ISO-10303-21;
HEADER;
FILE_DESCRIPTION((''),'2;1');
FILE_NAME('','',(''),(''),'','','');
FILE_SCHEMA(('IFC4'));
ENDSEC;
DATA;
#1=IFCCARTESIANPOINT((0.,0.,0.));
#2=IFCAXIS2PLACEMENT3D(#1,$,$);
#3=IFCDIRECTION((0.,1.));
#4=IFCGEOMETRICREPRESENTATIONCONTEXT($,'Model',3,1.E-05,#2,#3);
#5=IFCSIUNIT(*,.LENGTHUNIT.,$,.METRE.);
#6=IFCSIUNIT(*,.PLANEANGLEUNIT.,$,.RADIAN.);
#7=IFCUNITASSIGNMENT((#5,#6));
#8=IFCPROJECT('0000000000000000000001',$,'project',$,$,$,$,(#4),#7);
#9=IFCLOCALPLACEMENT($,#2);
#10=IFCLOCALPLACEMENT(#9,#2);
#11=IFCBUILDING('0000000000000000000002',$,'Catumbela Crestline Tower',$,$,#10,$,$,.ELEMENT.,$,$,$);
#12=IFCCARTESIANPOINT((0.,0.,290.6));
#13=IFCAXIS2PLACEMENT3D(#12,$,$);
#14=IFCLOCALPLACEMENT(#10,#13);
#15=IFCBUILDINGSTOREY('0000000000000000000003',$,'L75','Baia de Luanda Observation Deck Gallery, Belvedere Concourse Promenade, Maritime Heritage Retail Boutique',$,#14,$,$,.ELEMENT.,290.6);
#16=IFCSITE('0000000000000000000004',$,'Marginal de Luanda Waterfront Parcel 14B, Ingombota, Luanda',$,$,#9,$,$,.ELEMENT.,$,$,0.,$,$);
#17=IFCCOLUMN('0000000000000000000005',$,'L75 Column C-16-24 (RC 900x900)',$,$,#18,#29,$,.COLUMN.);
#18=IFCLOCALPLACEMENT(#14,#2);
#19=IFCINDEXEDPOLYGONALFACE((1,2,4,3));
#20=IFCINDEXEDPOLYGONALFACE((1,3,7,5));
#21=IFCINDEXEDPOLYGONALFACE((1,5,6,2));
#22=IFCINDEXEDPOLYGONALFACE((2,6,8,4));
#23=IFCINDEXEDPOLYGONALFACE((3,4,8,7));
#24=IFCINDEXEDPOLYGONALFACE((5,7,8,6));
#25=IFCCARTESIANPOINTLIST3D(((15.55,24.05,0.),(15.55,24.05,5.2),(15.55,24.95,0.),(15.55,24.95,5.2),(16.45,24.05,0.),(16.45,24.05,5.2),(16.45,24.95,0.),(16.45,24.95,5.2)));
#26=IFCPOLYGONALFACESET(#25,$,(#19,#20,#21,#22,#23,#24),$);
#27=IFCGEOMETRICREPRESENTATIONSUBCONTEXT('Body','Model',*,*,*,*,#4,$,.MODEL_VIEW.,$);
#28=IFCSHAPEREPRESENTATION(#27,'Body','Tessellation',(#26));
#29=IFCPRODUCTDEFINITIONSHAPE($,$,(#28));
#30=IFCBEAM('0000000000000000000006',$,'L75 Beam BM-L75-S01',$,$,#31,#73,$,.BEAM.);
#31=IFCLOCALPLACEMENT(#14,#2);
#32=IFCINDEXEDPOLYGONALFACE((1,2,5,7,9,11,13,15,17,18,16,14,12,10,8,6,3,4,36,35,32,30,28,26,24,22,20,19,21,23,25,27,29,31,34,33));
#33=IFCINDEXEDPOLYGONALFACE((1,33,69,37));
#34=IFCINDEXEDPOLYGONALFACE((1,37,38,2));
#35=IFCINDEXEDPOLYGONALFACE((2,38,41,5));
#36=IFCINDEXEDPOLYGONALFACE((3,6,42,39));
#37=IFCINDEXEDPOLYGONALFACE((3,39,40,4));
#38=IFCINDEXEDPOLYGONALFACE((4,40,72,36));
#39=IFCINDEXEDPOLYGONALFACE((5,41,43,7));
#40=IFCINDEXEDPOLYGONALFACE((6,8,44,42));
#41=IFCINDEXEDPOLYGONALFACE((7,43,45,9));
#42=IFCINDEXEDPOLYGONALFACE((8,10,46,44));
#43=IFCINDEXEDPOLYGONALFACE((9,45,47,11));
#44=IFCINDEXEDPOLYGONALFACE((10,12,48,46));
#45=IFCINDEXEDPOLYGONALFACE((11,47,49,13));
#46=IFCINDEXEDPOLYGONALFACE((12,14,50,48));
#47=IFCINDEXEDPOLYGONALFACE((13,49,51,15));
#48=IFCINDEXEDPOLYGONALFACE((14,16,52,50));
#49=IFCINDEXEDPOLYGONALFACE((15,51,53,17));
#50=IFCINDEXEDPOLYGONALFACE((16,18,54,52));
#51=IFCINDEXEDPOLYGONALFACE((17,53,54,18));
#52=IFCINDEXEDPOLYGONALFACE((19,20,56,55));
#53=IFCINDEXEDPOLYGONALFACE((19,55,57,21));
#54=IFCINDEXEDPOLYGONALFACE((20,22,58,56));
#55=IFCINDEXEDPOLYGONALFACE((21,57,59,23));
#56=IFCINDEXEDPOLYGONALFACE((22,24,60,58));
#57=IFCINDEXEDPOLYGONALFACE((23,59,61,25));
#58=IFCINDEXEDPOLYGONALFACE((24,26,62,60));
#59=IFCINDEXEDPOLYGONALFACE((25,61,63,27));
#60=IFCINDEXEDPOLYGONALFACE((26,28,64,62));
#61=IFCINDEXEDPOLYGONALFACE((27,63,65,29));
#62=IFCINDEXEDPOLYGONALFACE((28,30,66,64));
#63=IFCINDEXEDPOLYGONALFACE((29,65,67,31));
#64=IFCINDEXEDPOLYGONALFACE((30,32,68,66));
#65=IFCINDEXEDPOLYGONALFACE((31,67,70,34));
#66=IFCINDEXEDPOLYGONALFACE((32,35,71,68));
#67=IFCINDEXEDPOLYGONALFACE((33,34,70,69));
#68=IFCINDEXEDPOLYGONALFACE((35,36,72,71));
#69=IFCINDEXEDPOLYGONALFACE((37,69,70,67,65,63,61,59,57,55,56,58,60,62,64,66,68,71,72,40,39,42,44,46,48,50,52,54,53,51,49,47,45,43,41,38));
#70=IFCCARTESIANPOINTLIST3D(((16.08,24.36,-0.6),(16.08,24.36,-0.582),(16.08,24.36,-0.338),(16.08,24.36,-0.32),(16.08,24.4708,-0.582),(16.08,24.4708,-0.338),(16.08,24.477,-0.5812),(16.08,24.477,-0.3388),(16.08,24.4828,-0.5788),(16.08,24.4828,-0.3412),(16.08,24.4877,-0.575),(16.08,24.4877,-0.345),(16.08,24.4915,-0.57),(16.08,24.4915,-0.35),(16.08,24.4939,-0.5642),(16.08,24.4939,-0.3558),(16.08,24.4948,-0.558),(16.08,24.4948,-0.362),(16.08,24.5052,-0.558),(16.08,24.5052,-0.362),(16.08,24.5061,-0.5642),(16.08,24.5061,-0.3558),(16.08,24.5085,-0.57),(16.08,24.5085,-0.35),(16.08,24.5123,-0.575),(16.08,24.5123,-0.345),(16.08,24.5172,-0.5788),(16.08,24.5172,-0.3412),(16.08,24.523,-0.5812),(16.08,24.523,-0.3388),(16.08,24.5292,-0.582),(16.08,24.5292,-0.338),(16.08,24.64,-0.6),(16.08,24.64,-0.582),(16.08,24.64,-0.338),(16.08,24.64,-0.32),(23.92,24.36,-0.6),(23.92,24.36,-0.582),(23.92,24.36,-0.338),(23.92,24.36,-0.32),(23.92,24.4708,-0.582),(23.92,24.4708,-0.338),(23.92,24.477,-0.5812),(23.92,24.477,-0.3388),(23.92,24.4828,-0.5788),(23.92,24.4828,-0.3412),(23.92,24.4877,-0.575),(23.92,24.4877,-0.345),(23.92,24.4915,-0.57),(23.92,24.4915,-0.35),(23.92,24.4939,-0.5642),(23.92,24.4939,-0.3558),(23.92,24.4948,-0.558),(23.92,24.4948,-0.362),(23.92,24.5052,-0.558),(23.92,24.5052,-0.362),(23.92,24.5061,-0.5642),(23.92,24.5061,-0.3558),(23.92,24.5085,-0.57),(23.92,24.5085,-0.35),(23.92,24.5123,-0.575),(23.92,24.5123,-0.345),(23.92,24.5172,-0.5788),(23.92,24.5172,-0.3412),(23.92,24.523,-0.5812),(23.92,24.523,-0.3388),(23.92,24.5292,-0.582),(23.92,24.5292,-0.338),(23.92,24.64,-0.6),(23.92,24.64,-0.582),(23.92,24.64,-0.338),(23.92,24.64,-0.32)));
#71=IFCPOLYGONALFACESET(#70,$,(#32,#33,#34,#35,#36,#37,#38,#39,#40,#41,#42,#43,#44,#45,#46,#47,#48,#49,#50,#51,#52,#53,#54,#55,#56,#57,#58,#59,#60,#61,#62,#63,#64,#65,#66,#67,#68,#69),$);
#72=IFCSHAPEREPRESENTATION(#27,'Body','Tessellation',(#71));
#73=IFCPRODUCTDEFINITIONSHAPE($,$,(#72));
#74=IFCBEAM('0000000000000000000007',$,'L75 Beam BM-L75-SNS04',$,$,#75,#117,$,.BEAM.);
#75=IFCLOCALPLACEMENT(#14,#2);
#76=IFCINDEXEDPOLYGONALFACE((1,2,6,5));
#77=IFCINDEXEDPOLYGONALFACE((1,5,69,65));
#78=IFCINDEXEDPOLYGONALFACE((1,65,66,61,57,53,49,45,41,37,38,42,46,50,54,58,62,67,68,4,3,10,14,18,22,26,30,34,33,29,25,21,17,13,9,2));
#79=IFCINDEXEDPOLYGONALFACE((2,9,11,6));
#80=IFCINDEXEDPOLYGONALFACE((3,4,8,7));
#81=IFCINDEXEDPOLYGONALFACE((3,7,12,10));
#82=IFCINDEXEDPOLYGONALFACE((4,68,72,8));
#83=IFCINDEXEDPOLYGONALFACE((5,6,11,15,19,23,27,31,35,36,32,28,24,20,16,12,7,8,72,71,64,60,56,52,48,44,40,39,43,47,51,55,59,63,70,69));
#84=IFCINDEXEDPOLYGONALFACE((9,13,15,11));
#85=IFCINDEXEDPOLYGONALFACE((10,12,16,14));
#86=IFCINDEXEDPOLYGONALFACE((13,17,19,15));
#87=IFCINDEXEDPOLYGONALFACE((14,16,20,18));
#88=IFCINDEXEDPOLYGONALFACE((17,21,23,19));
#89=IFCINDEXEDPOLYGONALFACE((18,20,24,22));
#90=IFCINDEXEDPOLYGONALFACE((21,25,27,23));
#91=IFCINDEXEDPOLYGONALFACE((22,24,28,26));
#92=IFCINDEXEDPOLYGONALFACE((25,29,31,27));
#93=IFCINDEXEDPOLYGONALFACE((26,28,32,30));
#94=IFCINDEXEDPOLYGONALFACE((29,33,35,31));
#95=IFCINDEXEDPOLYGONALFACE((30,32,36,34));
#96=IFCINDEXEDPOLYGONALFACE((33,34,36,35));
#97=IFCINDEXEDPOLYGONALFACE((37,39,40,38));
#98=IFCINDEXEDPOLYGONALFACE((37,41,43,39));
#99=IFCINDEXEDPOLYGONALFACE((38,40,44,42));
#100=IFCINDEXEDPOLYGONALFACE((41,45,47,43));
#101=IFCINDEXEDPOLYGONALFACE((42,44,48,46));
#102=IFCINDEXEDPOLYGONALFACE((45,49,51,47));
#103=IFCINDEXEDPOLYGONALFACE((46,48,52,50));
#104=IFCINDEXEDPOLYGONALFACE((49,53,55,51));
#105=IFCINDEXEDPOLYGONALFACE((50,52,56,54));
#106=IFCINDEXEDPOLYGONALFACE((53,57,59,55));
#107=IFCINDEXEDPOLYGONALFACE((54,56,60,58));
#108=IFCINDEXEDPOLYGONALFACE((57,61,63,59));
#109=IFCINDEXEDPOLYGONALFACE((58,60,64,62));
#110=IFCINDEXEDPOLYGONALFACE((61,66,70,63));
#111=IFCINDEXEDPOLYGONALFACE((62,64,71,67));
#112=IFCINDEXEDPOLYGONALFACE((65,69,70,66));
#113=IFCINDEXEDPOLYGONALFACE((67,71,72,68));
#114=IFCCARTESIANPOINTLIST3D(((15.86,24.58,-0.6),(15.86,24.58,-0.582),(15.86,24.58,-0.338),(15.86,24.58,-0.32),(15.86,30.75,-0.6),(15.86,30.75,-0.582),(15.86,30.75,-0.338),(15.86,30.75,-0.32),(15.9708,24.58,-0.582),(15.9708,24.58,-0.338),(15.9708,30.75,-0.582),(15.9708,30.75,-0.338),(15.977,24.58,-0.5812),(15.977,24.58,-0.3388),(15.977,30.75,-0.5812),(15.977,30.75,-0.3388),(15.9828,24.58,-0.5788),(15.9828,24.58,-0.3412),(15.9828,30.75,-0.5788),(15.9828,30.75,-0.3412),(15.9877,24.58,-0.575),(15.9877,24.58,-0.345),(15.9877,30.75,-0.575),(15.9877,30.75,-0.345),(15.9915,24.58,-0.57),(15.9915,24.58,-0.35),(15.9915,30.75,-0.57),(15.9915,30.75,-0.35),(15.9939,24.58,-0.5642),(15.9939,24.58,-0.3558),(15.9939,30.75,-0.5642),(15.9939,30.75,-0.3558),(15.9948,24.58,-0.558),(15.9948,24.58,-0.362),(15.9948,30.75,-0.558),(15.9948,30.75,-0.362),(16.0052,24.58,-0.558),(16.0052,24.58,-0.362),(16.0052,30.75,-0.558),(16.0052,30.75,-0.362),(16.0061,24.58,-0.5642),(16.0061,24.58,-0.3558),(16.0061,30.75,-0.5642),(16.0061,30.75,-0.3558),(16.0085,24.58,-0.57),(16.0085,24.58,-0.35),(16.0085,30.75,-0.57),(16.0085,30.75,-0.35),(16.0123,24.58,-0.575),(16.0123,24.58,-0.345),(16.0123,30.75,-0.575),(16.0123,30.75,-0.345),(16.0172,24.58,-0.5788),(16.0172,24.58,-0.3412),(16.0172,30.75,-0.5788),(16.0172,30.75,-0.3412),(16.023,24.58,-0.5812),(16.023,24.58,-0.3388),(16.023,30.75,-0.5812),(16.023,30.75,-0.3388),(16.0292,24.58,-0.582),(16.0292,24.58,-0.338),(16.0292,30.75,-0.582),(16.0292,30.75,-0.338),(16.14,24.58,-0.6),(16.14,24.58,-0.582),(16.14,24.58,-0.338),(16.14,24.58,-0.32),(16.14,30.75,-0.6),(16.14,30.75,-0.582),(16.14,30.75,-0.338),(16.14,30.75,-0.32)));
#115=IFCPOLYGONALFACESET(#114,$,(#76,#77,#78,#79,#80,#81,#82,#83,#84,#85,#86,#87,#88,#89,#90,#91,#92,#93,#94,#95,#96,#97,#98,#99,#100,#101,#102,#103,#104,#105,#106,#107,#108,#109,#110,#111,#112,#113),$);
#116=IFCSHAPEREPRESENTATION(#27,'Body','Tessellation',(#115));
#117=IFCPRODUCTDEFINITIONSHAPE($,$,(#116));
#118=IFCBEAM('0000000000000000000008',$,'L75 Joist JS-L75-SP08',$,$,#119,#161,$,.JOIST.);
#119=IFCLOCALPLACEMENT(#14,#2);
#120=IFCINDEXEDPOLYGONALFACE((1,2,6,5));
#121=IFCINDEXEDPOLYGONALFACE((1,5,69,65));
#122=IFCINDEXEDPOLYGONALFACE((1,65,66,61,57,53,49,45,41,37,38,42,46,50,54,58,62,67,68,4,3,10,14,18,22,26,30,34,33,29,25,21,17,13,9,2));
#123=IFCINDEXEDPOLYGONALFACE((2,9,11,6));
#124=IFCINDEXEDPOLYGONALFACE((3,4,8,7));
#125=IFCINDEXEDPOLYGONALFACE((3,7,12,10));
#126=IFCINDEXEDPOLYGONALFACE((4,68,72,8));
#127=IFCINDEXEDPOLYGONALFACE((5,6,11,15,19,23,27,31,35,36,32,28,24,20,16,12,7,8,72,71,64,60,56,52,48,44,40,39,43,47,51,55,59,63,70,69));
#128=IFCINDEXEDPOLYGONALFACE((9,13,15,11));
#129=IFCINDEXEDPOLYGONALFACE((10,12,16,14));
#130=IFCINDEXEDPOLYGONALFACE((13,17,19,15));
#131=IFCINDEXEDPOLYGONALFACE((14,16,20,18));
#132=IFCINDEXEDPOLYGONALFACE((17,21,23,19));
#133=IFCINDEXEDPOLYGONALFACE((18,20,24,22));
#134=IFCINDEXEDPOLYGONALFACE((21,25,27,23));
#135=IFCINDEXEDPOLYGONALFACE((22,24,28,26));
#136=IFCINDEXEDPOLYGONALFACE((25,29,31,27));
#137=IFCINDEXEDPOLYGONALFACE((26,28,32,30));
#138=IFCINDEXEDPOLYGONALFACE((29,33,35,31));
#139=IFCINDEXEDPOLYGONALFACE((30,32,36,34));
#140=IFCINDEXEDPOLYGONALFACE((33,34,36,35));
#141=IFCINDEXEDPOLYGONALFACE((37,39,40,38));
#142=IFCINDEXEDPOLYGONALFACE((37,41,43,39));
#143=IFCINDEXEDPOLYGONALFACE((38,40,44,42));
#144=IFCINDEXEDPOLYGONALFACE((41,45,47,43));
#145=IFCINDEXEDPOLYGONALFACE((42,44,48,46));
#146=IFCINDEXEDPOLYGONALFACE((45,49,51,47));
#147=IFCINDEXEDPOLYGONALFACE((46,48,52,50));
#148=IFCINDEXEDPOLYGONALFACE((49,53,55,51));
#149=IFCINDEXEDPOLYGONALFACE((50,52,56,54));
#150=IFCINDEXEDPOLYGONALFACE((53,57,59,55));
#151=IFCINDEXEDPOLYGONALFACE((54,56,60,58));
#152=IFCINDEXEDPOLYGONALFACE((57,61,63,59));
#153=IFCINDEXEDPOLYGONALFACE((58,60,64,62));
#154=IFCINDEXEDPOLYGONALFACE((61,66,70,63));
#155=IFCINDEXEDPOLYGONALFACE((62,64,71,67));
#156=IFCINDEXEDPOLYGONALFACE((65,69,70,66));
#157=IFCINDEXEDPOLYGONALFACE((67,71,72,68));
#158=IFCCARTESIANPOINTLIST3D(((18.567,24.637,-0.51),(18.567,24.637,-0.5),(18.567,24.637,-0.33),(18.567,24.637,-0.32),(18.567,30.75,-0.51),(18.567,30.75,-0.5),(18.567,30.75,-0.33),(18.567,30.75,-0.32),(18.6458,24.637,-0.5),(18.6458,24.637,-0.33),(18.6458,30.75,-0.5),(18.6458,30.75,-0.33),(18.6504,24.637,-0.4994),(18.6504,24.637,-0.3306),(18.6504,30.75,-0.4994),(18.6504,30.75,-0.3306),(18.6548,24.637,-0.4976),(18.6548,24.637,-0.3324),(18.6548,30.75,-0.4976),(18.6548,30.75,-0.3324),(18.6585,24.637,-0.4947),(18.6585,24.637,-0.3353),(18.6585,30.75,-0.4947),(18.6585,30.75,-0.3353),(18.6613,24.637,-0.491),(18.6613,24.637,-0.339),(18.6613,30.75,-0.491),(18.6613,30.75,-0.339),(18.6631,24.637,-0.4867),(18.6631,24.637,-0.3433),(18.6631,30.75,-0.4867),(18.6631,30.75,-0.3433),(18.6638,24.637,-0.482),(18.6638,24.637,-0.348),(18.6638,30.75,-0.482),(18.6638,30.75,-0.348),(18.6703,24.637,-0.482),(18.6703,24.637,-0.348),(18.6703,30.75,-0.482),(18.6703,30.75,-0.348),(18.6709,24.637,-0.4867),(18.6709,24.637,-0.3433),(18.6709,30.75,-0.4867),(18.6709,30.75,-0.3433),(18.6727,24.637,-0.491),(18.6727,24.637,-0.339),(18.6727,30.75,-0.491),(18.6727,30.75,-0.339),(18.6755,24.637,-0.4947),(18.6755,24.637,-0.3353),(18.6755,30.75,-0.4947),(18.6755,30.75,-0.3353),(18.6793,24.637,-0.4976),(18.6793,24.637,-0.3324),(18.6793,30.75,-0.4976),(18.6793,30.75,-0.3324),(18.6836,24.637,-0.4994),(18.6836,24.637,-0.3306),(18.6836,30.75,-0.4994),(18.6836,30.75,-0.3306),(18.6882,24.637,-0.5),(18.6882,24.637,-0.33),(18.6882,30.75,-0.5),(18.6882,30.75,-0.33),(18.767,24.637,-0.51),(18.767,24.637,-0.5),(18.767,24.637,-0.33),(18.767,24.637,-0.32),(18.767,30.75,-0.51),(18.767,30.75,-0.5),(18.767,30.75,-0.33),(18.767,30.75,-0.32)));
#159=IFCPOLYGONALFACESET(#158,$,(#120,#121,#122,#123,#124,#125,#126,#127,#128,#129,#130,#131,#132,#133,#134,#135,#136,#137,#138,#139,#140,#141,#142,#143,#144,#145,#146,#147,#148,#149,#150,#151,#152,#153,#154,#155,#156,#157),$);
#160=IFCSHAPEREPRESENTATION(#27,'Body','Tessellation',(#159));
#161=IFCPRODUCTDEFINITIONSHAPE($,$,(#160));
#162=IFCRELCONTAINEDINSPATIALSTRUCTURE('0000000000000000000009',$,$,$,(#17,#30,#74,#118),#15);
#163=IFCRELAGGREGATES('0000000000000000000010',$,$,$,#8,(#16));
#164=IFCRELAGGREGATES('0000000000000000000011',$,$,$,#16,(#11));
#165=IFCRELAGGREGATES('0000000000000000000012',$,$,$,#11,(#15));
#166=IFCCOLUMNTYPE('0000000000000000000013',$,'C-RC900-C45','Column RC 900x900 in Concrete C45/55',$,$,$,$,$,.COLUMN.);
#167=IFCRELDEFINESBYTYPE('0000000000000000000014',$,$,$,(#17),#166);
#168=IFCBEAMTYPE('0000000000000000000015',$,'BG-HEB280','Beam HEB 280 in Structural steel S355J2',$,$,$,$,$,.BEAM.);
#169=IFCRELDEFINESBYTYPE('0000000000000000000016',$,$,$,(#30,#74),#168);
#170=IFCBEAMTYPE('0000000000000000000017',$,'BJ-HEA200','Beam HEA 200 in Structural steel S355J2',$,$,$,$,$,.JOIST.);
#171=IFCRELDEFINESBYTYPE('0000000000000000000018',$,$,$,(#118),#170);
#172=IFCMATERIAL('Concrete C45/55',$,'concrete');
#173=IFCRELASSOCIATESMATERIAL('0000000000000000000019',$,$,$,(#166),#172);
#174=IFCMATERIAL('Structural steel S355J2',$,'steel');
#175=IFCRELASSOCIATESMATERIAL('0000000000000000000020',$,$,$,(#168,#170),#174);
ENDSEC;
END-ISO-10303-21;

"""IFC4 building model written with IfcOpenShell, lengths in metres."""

from ifc_helpers import new_model, si_unit, direction, frame, origin, origin_2d, place, context, subcontext, project, spatial, rectangle, i_section, extrude, material, material_profile, profile_set, type_object, element, save


model = new_model("IFC4")

# Units and contexts
model_context = context("Model", 3, precision=1e-05, world=origin(), true_north=direction((0.0, 1.0)))
body_context = subcontext(model_context, "Body", "Model", "MODEL_VIEW")
ifc_project = project(units=[si_unit("LENGTHUNIT", "METRE"), si_unit("PLANEANGLEUNIT", "RADIAN")], contexts=[model_context])

# Site, building, storey
site_placement = place(None, origin())
site = spatial("IfcSite", under=ifc_project, at=site_placement, Name="Marginal de Luanda Waterfront Parcel 14B, Ingombota, Luanda", CompositionType="ELEMENT", RefElevation=0.0)
building_placement = place(site_placement, origin())
building = spatial("IfcBuilding", under=site, at=building_placement, Name="Catumbela Crestline Tower", CompositionType="ELEMENT")
storey_placement = place(building_placement, frame((0.0, 0.0, 290.6)))
storey = spatial("IfcBuildingStorey", under=building, at=storey_placement, Name="L75", Description="Baia de Luanda Observation Deck Gallery, Belvedere Concourse Promenade, Maritime Heritage Retail Boutique", CompositionType="ELEMENT", Elevation=290.6)

# Column
ifc_material_1 = material(Name="Concrete C45/55", Category="concrete")
ifc_material_profile_1 = material_profile(ifc_material_1, rectangle(XDim=0.9, YDim=0.9, at=origin_2d()), Name="RC 900x900")
ifc_profile_set_1 = profile_set([ifc_material_profile_1], Name="Concrete C45/55")
column_type = type_object("IfcColumnType", Name="C-RC900-C45", Description="Column RC 900x900 in Concrete C45/55", PredefinedType="COLUMN", material=ifc_profile_set_1)
column_placement = place(storey_placement, frame((16.0, 24.5, 0.0), z_axis=(0.0, 0.0, 1.0), x_axis=(1.0, 0.0, 0.0)))
element("IfcColumn", 1, at=column_placement, inside=storey, type_object=column_type, Name="L75 Column C-16-24 (RC 900x900)", PredefinedType="COLUMN", context=body_context, shape_type="SweptSolid", body=[
    extrude(rectangle(XDim=0.9, YDim=0.9, at=origin_2d()), origin(), (0.0, 0.0, 1.0), 5.2),
])

# Beams
ifc_material_2 = material(Name="Structural steel S355J2", Category="steel")
ifc_material_profile_2 = material_profile(ifc_material_2, i_section(OverallWidth=0.28, OverallDepth=0.28, WebThickness=0.0105, FlangeThickness=0.018, FilletRadius=0.024, at=origin_2d()), Name="HEB 280")
ifc_profile_set_2 = profile_set([ifc_material_profile_2], Name="Structural steel S355J2")
beam_type_1 = type_object("IfcBeamType", Name="BG-HEB280", Description="Beam HEB 280 in Structural steel S355J2", PredefinedType="BEAM", material=ifc_profile_set_2)
beam_1_placement = place(storey_placement, frame((16.08, 24.5, -0.46), z_axis=(1.0, 0.0, 0.0), x_axis=(0.0, 1.0, 0.0)))
element("IfcBeam", 2, at=beam_1_placement, inside=storey, type_object=beam_type_1, Name="L75 Beam BM-L75-S01", PredefinedType="BEAM", context=body_context, shape_type="SweptSolid", body=[
    extrude(i_section(OverallWidth=0.28, OverallDepth=0.28, WebThickness=0.0105, FlangeThickness=0.018, FilletRadius=0.024, at=origin_2d()), origin(), (0.0, 0.0, 1.0), 7.84),
])
beam_2_placement = place(storey_placement, frame((16.0, 24.58, -0.46), z_axis=(0.0, 1.0, 0.0), x_axis=(-1.0, 0.0, 0.0)))
element("IfcBeam", 3, at=beam_2_placement, inside=storey, type_object=beam_type_1, Name="L75 Beam BM-L75-SNS04", PredefinedType="BEAM", context=body_context, shape_type="SweptSolid", body=[
    extrude(i_section(OverallWidth=0.28, OverallDepth=0.28, WebThickness=0.0105, FlangeThickness=0.018, FilletRadius=0.024, at=origin_2d()), origin(), (0.0, 0.0, 1.0), 6.17),
])
ifc_material_profile_3 = material_profile(ifc_material_2, i_section(OverallWidth=0.2, OverallDepth=0.19, WebThickness=0.0065, FlangeThickness=0.01, FilletRadius=0.018, at=origin_2d()), Name="HEA 200")
ifc_profile_set_3 = profile_set([ifc_material_profile_3], Name="Structural steel S355J2")
beam_type_2 = type_object("IfcBeamType", Name="BJ-HEA200", Description="Beam HEA 200 in Structural steel S355J2", PredefinedType="JOIST", material=ifc_profile_set_3)
for number, where, z_axis, x_axis, name in (
    (4, (18.667, 24.637, -0.415), (0.0, 1.0, 0.0), (-1.0, 0.0, 0.0), "L75 Joist JS-L75-SP08"),
):
    element("IfcBeam", number, at=place(storey_placement, frame(where, z_axis=z_axis, x_axis=x_axis)), inside=storey, type_object=beam_type_2, Name=name, PredefinedType="JOIST", context=body_context, shape_type="SweptSolid", body=[
        extrude(i_section(OverallWidth=0.2, OverallDepth=0.19, WebThickness=0.0065, FlangeThickness=0.01, FilletRadius=0.018, at=origin_2d()), origin(), (0.0, 0.0, 1.0), 6.113),
    ])

save(model, "model.ifc")
